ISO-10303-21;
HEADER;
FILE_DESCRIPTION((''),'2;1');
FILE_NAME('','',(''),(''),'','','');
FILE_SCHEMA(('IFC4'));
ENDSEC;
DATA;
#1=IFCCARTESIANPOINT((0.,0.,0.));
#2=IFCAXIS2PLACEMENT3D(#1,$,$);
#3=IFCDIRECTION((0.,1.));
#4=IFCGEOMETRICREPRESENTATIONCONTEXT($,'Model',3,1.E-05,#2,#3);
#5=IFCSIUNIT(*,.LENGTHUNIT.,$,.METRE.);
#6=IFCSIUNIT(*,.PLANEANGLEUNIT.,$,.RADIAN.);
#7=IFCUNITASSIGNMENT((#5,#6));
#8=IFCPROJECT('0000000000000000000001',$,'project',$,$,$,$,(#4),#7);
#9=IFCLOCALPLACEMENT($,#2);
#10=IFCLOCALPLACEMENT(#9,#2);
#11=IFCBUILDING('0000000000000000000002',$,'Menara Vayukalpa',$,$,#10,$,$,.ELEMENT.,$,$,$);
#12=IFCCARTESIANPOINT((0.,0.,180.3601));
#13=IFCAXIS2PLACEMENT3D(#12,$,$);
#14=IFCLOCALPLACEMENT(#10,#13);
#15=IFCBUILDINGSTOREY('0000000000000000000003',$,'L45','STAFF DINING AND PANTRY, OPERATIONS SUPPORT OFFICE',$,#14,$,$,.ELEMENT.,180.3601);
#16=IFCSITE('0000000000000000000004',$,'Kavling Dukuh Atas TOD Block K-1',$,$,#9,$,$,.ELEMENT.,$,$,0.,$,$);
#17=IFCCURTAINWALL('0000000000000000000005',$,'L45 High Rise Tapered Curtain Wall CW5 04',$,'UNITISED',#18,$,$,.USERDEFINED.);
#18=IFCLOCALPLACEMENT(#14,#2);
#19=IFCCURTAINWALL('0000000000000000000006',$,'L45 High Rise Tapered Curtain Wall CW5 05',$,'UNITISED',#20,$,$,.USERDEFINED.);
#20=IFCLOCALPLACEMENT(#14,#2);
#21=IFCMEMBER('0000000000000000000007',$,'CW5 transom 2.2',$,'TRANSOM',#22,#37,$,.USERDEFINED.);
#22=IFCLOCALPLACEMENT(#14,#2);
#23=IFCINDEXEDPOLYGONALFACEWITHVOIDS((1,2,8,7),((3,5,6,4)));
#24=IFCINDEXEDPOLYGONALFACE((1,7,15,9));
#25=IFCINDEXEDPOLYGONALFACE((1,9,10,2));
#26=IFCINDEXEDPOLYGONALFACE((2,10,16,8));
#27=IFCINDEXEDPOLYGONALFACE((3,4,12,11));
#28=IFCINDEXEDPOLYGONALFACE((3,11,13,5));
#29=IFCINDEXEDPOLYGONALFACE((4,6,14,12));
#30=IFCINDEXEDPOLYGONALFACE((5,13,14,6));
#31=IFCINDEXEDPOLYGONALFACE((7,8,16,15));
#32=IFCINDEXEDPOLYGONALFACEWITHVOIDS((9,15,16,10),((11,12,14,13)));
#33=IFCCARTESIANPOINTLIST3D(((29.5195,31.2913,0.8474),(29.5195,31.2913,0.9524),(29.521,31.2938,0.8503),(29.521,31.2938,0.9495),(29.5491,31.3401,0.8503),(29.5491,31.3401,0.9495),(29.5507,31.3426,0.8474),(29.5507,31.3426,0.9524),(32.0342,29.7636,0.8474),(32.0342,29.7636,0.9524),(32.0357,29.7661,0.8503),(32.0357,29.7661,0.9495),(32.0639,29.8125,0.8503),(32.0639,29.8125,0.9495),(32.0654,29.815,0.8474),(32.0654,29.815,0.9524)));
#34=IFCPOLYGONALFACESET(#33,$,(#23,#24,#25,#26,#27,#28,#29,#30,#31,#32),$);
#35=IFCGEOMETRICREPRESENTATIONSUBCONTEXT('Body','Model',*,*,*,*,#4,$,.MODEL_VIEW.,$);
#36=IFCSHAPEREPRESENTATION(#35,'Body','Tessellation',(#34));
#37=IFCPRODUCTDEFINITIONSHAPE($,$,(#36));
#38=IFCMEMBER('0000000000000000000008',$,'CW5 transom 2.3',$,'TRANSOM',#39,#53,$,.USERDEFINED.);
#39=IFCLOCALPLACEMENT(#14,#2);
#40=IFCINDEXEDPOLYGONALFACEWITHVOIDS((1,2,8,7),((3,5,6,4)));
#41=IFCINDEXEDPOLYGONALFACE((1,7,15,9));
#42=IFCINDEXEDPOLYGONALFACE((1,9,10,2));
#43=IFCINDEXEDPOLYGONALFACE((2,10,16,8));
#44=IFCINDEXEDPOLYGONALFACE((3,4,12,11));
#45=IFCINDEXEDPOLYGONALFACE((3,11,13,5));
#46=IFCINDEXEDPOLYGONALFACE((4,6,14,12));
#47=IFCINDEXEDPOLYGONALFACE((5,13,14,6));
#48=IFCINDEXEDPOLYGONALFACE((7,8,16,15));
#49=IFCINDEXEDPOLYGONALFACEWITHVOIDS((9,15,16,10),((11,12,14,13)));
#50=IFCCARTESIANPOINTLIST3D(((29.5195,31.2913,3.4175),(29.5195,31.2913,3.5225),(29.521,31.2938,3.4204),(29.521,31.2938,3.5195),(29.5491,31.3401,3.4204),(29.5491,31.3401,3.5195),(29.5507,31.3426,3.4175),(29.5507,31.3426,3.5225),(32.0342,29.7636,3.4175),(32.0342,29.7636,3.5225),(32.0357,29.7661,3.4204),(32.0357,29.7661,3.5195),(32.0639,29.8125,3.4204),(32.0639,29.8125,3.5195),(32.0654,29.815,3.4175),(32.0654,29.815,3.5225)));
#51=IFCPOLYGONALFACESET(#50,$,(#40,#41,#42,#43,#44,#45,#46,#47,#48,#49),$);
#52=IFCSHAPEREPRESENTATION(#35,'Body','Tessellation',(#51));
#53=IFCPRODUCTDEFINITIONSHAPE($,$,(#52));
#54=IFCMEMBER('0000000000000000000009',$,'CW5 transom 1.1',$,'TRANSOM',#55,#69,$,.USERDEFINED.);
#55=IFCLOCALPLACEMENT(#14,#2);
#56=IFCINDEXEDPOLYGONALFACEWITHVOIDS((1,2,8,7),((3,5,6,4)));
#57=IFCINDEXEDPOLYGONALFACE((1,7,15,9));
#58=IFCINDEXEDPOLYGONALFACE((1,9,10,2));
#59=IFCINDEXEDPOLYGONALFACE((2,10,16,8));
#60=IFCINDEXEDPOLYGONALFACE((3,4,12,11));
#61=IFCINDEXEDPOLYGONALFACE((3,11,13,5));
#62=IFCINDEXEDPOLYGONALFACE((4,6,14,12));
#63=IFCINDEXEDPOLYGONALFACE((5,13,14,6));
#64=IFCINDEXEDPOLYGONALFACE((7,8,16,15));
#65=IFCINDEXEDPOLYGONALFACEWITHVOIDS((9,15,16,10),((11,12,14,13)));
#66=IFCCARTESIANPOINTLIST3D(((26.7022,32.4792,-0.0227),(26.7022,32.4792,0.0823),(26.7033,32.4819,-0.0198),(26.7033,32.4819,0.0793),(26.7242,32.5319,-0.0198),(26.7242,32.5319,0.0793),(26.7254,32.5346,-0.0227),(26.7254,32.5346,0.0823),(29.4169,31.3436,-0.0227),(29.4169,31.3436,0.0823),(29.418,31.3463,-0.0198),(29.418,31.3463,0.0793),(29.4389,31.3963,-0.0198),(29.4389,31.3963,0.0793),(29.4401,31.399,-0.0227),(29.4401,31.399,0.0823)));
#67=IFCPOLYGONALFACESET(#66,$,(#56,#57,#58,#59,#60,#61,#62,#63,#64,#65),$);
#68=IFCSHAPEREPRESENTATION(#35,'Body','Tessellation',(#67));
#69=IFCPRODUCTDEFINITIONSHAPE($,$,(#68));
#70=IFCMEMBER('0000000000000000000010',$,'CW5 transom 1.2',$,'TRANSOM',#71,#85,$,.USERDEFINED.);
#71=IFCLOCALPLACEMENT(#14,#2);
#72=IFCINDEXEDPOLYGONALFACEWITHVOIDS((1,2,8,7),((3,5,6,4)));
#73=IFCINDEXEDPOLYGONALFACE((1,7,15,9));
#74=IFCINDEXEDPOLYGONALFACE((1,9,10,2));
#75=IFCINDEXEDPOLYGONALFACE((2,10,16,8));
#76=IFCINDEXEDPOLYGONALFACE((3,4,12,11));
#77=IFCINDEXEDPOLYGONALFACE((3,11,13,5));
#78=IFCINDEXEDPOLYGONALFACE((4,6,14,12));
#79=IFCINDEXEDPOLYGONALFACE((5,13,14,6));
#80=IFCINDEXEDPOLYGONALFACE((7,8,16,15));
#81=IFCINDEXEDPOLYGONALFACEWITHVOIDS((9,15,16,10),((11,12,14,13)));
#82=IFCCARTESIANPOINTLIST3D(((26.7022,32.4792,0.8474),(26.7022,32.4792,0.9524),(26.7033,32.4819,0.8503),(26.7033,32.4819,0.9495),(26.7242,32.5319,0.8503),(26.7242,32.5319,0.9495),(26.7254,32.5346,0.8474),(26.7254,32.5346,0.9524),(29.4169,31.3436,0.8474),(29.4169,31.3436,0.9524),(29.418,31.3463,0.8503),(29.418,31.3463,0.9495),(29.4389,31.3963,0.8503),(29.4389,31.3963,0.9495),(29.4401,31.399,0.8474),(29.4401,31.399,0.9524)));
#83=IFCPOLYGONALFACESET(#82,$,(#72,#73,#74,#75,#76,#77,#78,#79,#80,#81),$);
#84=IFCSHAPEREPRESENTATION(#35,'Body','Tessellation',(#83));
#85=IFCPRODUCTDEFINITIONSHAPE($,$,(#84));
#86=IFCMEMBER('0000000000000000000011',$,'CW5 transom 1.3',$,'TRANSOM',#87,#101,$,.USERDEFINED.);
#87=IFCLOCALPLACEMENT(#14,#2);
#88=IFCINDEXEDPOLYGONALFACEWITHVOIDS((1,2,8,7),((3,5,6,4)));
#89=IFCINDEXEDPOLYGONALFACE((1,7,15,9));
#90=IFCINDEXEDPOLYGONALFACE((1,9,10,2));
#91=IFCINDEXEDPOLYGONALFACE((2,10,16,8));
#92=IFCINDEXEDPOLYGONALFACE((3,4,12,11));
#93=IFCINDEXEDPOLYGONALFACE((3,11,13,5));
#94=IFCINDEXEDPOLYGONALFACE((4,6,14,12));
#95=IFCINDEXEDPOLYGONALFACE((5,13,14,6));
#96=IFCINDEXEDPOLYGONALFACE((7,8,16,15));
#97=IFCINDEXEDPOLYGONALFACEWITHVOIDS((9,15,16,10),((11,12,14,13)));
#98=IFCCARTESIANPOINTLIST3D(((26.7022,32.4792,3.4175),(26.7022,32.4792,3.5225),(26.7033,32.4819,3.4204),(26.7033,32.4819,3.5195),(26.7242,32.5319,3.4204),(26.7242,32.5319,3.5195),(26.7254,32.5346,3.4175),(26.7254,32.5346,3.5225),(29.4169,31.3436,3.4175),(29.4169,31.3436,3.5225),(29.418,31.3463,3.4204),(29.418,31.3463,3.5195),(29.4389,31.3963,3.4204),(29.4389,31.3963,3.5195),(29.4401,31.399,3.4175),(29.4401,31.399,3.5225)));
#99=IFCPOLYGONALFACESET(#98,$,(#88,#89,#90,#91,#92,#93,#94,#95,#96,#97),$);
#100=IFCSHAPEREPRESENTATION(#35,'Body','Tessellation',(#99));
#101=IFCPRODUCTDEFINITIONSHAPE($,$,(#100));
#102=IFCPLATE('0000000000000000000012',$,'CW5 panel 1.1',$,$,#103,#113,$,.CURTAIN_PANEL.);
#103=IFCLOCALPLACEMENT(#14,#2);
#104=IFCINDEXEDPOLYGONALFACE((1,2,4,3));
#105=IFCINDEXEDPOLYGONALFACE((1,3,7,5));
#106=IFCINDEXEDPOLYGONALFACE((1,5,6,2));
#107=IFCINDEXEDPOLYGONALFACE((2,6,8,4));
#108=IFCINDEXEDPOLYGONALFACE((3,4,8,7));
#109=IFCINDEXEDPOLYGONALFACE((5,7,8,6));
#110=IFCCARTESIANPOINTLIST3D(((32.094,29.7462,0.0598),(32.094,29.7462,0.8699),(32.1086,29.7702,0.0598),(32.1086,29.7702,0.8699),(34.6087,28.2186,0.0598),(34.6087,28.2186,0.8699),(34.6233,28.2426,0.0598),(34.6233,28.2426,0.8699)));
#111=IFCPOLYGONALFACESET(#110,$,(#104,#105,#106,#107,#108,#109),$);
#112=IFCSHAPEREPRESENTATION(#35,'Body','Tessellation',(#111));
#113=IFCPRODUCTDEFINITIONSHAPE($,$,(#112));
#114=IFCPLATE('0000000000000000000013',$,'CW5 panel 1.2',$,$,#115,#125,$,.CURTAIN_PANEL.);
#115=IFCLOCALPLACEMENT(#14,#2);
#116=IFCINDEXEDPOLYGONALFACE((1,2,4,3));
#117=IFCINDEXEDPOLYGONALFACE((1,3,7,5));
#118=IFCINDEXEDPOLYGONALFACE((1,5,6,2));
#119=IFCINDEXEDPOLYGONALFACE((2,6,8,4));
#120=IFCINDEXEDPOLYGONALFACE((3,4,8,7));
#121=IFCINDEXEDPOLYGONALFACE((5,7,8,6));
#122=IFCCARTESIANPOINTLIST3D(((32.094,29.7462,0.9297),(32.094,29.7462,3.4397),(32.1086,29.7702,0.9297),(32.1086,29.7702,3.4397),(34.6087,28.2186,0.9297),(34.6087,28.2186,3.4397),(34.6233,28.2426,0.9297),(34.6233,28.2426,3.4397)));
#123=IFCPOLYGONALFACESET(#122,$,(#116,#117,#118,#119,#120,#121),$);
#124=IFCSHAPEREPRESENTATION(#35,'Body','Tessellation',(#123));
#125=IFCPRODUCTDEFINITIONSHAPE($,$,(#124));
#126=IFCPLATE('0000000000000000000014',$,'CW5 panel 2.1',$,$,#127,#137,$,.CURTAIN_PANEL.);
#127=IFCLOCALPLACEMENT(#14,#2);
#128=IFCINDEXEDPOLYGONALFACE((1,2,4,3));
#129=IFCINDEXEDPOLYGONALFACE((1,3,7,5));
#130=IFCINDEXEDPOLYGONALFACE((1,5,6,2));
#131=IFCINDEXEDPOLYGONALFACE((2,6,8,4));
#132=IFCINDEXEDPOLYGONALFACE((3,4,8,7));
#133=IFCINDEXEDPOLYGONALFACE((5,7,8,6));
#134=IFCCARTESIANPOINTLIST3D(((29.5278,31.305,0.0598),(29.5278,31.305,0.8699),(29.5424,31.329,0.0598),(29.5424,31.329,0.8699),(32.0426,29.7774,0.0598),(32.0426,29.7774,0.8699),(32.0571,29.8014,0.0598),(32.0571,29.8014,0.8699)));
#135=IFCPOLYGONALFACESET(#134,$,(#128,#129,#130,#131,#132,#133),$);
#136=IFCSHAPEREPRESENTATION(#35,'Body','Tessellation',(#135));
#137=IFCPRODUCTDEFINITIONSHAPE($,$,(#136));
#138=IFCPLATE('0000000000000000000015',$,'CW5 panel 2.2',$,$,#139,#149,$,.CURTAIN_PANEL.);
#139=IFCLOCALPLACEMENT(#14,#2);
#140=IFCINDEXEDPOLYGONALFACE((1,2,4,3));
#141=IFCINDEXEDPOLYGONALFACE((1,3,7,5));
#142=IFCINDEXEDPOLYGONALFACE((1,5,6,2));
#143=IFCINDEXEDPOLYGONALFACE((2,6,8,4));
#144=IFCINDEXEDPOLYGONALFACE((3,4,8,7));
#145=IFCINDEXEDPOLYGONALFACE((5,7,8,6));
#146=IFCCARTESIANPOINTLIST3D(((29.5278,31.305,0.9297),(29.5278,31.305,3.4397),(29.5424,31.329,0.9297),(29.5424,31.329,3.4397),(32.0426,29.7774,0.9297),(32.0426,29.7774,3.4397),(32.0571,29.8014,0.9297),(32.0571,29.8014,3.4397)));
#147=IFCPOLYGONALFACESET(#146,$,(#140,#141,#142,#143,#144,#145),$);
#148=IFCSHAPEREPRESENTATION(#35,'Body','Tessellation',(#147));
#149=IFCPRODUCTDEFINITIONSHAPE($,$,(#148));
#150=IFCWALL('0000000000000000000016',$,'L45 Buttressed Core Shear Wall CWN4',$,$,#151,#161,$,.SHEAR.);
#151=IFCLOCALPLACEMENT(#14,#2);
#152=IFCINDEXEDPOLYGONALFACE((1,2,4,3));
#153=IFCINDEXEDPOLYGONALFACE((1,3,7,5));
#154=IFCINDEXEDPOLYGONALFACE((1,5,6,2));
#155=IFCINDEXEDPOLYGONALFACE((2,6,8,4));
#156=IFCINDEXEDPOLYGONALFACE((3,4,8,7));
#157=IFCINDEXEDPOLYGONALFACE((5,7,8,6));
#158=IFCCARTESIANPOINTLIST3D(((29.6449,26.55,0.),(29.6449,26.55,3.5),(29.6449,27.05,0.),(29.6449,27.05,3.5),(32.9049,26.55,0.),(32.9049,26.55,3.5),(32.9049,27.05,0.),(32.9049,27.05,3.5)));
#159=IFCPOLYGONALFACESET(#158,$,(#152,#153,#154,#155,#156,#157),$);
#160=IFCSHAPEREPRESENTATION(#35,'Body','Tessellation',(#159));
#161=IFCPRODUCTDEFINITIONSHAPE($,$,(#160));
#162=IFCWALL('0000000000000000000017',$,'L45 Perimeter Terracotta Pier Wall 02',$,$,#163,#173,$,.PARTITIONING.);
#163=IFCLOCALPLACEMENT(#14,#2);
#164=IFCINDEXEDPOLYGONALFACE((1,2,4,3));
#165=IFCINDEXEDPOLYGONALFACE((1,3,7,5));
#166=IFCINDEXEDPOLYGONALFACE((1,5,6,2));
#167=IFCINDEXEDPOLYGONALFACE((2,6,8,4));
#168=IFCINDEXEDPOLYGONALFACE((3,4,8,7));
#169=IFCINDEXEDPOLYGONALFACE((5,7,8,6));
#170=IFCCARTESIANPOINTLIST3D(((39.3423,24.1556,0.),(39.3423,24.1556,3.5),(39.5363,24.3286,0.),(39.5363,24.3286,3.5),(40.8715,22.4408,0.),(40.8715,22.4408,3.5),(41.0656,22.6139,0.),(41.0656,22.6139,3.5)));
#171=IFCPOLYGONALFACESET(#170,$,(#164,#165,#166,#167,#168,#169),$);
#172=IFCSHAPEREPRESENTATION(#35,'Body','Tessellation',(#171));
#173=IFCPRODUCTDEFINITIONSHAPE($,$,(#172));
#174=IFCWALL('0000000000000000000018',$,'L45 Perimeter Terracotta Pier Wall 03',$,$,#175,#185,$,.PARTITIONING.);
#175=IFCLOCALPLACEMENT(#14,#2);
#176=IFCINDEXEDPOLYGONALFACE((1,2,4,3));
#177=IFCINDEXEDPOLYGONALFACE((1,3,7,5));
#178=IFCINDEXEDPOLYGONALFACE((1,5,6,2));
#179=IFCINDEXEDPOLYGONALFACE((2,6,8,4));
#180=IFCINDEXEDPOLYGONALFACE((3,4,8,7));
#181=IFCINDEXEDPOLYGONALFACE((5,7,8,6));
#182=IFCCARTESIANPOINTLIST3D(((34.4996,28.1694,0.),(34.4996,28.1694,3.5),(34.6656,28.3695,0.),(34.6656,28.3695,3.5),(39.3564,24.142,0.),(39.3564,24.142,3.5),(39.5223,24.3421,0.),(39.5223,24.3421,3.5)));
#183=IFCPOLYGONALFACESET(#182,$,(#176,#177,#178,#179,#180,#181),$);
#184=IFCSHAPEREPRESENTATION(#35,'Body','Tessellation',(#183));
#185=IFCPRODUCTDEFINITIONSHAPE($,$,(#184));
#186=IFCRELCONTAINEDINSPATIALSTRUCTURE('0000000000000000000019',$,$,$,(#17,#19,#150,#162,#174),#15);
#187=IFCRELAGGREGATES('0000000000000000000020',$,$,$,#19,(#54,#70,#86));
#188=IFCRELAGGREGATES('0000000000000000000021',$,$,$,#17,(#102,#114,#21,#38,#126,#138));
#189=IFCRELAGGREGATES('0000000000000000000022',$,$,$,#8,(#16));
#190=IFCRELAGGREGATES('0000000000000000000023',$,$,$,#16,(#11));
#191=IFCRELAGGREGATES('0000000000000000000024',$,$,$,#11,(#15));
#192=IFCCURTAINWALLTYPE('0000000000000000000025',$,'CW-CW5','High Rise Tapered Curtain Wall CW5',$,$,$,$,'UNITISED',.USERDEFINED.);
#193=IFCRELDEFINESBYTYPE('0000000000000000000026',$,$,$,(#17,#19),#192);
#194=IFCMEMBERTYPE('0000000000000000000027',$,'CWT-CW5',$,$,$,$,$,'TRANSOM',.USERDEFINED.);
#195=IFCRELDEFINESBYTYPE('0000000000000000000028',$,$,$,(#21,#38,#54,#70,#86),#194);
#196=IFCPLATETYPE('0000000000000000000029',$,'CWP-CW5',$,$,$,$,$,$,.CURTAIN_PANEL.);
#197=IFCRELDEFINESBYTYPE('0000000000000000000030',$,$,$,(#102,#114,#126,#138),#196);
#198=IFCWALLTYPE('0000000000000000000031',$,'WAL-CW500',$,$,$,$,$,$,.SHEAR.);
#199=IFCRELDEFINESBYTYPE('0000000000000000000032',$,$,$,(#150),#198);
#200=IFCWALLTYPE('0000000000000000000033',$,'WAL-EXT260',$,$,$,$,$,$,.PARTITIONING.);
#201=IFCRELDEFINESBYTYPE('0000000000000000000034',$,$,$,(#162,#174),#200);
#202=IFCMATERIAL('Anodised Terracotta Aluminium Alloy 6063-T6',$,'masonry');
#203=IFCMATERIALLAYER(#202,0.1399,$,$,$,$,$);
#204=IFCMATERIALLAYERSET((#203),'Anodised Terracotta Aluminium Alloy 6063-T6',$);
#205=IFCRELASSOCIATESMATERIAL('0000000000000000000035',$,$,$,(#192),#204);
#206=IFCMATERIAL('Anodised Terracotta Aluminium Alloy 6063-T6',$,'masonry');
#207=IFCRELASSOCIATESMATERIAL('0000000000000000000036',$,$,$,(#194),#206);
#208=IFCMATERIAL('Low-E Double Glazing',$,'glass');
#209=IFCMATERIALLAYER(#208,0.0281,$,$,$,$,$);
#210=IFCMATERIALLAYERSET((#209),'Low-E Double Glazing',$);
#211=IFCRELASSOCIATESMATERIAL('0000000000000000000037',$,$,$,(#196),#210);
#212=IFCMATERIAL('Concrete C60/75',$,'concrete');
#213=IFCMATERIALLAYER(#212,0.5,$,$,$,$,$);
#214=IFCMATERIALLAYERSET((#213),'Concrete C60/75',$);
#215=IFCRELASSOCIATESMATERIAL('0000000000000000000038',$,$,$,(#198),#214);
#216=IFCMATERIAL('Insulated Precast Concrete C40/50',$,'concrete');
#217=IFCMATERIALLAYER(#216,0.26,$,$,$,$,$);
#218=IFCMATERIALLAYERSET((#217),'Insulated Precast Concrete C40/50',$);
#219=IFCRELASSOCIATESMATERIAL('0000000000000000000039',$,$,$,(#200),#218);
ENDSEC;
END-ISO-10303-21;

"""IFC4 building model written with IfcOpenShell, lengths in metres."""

from ifc_helpers import new_model, si_unit, direction, frame, frame_2d, origin, origin_2d, place, context, subcontext, project, spatial, rectangle, hollow_rectangle, extrude, material, layer, layer_set, material_profile, profile_set, type_object, element, aggregate, save


model = new_model("IFC4")

# Units and contexts
model_context = context("Model", 3, precision=1e-05, world=origin(), true_north=direction((0.0, 1.0)))
body_context = subcontext(model_context, "Body", "Model", "MODEL_VIEW")
ifc_project = project(units=[si_unit("LENGTHUNIT", "METRE"), si_unit("PLANEANGLEUNIT", "RADIAN")], contexts=[model_context])

# Site, building, storey
site_placement = place(None, origin())
site = spatial("IfcSite", under=ifc_project, at=site_placement, Name="Kavling Dukuh Atas TOD Block K-1", CompositionType="ELEMENT", RefElevation=0.0)
building_placement = place(site_placement, origin())
building = spatial("IfcBuilding", under=site, at=building_placement, Name="Menara Vayukalpa", CompositionType="ELEMENT")
storey_placement = place(building_placement, frame((0.0, 0.0, 180.3601)))
storey = spatial("IfcBuildingStorey", under=building, at=storey_placement, Name="L45", Description="STAFF DINING AND PANTRY, OPERATIONS SUPPORT OFFICE", CompositionType="ELEMENT", Elevation=180.3601)

# Curtain wall
ifc_material_1 = material(Name="Anodised Terracotta Aluminium Alloy 6063-T6", Category="masonry")
ifc_layer_1 = layer(ifc_material_1, 0.1399)
ifc_layer_set_1 = layer_set([ifc_layer_1], Name="Anodised Terracotta Aluminium Alloy 6063-T6")
curtain_wall_type = type_object("IfcCurtainWallType", Name="CW-CW5", Description="High Rise Tapered Curtain Wall CW5", ElementType="UNITISED", PredefinedType="USERDEFINED", material=ifc_layer_set_1)
curtain_wall_1_placement = place(storey_placement, origin())
curtain_wall_1 = element("IfcCurtainWall", 1, at=curtain_wall_1_placement, inside=storey, type_object=curtain_wall_type, Name="L45 High Rise Tapered Curtain Wall CW5 04", ObjectType="UNITISED", PredefinedType="USERDEFINED")

# Curtain wall
curtain_wall_2_placement = place(storey_placement, origin())
curtain_wall_2 = element("IfcCurtainWall", 2, at=curtain_wall_2_placement, inside=storey, type_object=curtain_wall_type, Name="L45 High Rise Tapered Curtain Wall CW5 05", ObjectType="UNITISED", PredefinedType="USERDEFINED")

# Members
ifc_material_2 = material(Name="Anodised Terracotta Aluminium Alloy 6063-T6", Category="masonry")
ifc_material_profile_1 = material_profile(ifc_material_2, hollow_rectangle(XDim=0.0601, YDim=0.105, WallThickness=0.0029, at=origin_2d()), Name="ALU 60x105x3")
ifc_profile_set_1 = profile_set([ifc_material_profile_1], Name="Anodised Terracotta Aluminium Alloy 6063-T6")
member_type_1 = type_object("IfcMemberType", Name="CWT-CW5", ElementType="TRANSOM", PredefinedType="USERDEFINED", material=ifc_profile_set_1)
member_1_placement = place(storey_placement, frame((32.0498, 29.7893, 0.8999), z_axis=(-0.854661, 0.519186, 0.0), x_axis=(-0.519186, -0.854661, 0.0)))
member_1 = element("IfcMember", 3, at=member_1_placement, type_object=member_type_1, Name="CW5 transom 2.2", ObjectType="TRANSOM", PredefinedType="USERDEFINED", context=body_context, shape_type="SweptSolid", body=[
    extrude(hollow_rectangle(XDim=0.0601, YDim=0.105, WallThickness=0.0029, at=origin_2d()), origin(), (0.0, 0.0, 1.0), 2.9424),
])
member_2_placement = place(storey_placement, frame((32.0498, 29.7893, 3.47), z_axis=(-0.854661, 0.519186, 0.0), x_axis=(-0.519186, -0.854661, 0.0)))
member_2 = element("IfcMember", 4, at=member_2_placement, type_object=member_type_1, Name="CW5 transom 2.3", ObjectType="TRANSOM", PredefinedType="USERDEFINED", context=body_context, shape_type="SweptSolid", body=[
    extrude(hollow_rectangle(XDim=0.0601, YDim=0.105, WallThickness=0.0029, at=origin_2d()), origin(), (0.0, 0.0, 1.0), 2.9424),
])
member_3_placement = place(storey_placement, frame((29.4285, 31.3713, 0.0298), z_axis=(-0.922543, 0.385893, 0.0), x_axis=(-0.385893, -0.922543, 0.0)))
member_3 = element("IfcMember", 5, at=member_3_placement, type_object=member_type_1, Name="CW5 transom 1.1", ObjectType="TRANSOM", PredefinedType="USERDEFINED", context=body_context, shape_type="SweptSolid", body=[
    extrude(hollow_rectangle(XDim=0.0601, YDim=0.105, WallThickness=0.0029, at=origin_2d()), origin(), (0.0, 0.0, 1.0), 2.9426),
])
member_4_placement = place(storey_placement, frame((29.4285, 31.3713, 0.8999), z_axis=(-0.922543, 0.385893, 0.0), x_axis=(-0.385893, -0.922543, 0.0)))
member_4 = element("IfcMember", 6, at=member_4_placement, type_object=member_type_1, Name="CW5 transom 1.2", ObjectType="TRANSOM", PredefinedType="USERDEFINED", context=body_context, shape_type="SweptSolid", body=[
    extrude(hollow_rectangle(XDim=0.0601, YDim=0.105, WallThickness=0.0029, at=origin_2d()), origin(), (0.0, 0.0, 1.0), 2.9426),
])
member_5_placement = place(storey_placement, frame((29.4285, 31.3713, 3.47), z_axis=(-0.922543, 0.385893, 0.0), x_axis=(-0.385893, -0.922543, 0.0)))
member_5 = element("IfcMember", 7, at=member_5_placement, type_object=member_type_1, Name="CW5 transom 1.3", ObjectType="TRANSOM", PredefinedType="USERDEFINED", context=body_context, shape_type="SweptSolid", body=[
    extrude(hollow_rectangle(XDim=0.0601, YDim=0.105, WallThickness=0.0029, at=origin_2d()), origin(), (0.0, 0.0, 1.0), 2.9426),
])
aggregate(curtain_wall_2, [member_3, member_4, member_5])

# Plates
ifc_material_3 = material(Name="Low-E Double Glazing", Category="glass")
ifc_layer_2 = layer(ifc_material_3, 0.0281)
ifc_layer_set_2 = layer_set([ifc_layer_2], Name="Low-E Double Glazing")
plate_type = type_object("IfcPlateType", Name="CWP-CW5", PredefinedType="CURTAIN_PANEL", material=ifc_layer_set_2)
plate_1_placement = place(storey_placement, frame((33.3586, 28.9944, 0.0598), z_axis=(0.0, 0.0, 1.0), x_axis=(-0.854665, 0.51918, 0.0)))
plate_1 = element("IfcPlate", 8, at=plate_1_placement, type_object=plate_type, Name="CW5 panel 1.1", PredefinedType="CURTAIN_PANEL", context=body_context, shape_type="SweptSolid", body=[
    extrude(rectangle(XDim=2.9424, YDim=0.0281, at=origin_2d()), origin(), (0.0, 0.0, 1.0), 0.8101),
])
plate_2_placement = place(storey_placement, frame((33.3586, 28.9944, 0.9297), z_axis=(0.0, 0.0, 1.0), x_axis=(-0.854665, 0.51918, 0.0)))
plate_2 = element("IfcPlate", 9, at=plate_2_placement, type_object=plate_type, Name="CW5 panel 1.2", PredefinedType="CURTAIN_PANEL", context=body_context, shape_type="SweptSolid", body=[
    extrude(rectangle(XDim=2.9424, YDim=0.0281, at=origin_2d()), origin(), (0.0, 0.0, 1.0), 2.51),
])
plate_3_placement = place(storey_placement, frame((30.7925, 30.5532, 0.0598), z_axis=(0.0, 0.0, 1.0), x_axis=(-0.854665, 0.51918, 0.0)))
plate_3 = element("IfcPlate", 10, at=plate_3_placement, type_object=plate_type, Name="CW5 panel 2.1", PredefinedType="CURTAIN_PANEL", context=body_context, shape_type="SweptSolid", body=[
    extrude(rectangle(XDim=2.9424, YDim=0.0281, at=origin_2d()), origin(), (0.0, 0.0, 1.0), 0.8101),
])
plate_4_placement = place(storey_placement, frame((30.7925, 30.5532, 0.9297), z_axis=(0.0, 0.0, 1.0), x_axis=(-0.854665, 0.51918, 0.0)))
plate_4 = element("IfcPlate", 11, at=plate_4_placement, type_object=plate_type, Name="CW5 panel 2.2", PredefinedType="CURTAIN_PANEL", context=body_context, shape_type="SweptSolid", body=[
    extrude(rectangle(XDim=2.9424, YDim=0.0281, at=origin_2d()), origin(), (0.0, 0.0, 1.0), 2.51),
])
aggregate(curtain_wall_1, [plate_1, plate_2, member_1, member_2, plate_3, plate_4])

# Walls
ifc_material_4 = material(Name="Concrete C60/75", Category="concrete")
ifc_layer_3 = layer(ifc_material_4, 0.5)
ifc_layer_set_3 = layer_set([ifc_layer_3], Name="Concrete C60/75")
wall_type_1 = type_object("IfcWallType", Name="WAL-CW500", PredefinedType="SHEAR", material=ifc_layer_set_3)
wall_1_placement = place(storey_placement, frame((29.645, 26.8, 0.0), z_axis=(0.0, 0.0, 1.0), x_axis=(1.0, 0.0, 0.0)))
element("IfcWall", 12, at=wall_1_placement, inside=storey, type_object=wall_type_1, Name="L45 Buttressed Core Shear Wall CWN4", PredefinedType="SHEAR", context=body_context, shape_type="SweptSolid", body=[
    extrude(rectangle(XDim=3.26, YDim=0.5, at=frame_2d((1.6299, 0.0))), origin(), (0.0, 0.0, 1.0), 3.5),
])
ifc_material_5 = material(Name="Insulated Precast Concrete C40/50", Category="concrete")
ifc_layer_4 = layer(ifc_material_5, 0.26)
ifc_layer_set_4 = layer_set([ifc_layer_4], Name="Insulated Precast Concrete C40/50")
wall_type_2 = type_object("IfcWallType", Name="WAL-EXT260", PredefinedType="PARTITIONING", material=ifc_layer_set_4)
wall_2_placement = place(storey_placement, frame((39.4392, 24.2422, 0.0), z_axis=(0.0, 0.0, 1.0), x_axis=(0.665576, -0.74633, 0.0)))
element("IfcWall", 13, at=wall_2_placement, inside=storey, type_object=wall_type_2, Name="L45 Perimeter Terracotta Pier Wall 02", PredefinedType="PARTITIONING", context=body_context, shape_type="SweptSolid", body=[
    extrude(rectangle(XDim=2.2976, YDim=0.26, at=frame_2d((1.1489, 0.0))), origin(), (0.0, 0.0, 1.0), 3.5),
])
wall_3_placement = place(storey_placement, frame((34.5825, 28.2695, 0.0), z_axis=(0.0, 0.0, 1.0), x_axis=(0.76977, -0.638321, 0.0)))
element("IfcWall", 14, at=wall_3_placement, inside=storey, type_object=wall_type_2, Name="L45 Perimeter Terracotta Pier Wall 03", PredefinedType="PARTITIONING", context=body_context, shape_type="SweptSolid", body=[
    extrude(rectangle(XDim=6.3093, YDim=0.26, at=frame_2d((3.1548, 0.0))), origin(), (0.0, 0.0, 1.0), 3.5),
])

save(model, "model.ifc")
